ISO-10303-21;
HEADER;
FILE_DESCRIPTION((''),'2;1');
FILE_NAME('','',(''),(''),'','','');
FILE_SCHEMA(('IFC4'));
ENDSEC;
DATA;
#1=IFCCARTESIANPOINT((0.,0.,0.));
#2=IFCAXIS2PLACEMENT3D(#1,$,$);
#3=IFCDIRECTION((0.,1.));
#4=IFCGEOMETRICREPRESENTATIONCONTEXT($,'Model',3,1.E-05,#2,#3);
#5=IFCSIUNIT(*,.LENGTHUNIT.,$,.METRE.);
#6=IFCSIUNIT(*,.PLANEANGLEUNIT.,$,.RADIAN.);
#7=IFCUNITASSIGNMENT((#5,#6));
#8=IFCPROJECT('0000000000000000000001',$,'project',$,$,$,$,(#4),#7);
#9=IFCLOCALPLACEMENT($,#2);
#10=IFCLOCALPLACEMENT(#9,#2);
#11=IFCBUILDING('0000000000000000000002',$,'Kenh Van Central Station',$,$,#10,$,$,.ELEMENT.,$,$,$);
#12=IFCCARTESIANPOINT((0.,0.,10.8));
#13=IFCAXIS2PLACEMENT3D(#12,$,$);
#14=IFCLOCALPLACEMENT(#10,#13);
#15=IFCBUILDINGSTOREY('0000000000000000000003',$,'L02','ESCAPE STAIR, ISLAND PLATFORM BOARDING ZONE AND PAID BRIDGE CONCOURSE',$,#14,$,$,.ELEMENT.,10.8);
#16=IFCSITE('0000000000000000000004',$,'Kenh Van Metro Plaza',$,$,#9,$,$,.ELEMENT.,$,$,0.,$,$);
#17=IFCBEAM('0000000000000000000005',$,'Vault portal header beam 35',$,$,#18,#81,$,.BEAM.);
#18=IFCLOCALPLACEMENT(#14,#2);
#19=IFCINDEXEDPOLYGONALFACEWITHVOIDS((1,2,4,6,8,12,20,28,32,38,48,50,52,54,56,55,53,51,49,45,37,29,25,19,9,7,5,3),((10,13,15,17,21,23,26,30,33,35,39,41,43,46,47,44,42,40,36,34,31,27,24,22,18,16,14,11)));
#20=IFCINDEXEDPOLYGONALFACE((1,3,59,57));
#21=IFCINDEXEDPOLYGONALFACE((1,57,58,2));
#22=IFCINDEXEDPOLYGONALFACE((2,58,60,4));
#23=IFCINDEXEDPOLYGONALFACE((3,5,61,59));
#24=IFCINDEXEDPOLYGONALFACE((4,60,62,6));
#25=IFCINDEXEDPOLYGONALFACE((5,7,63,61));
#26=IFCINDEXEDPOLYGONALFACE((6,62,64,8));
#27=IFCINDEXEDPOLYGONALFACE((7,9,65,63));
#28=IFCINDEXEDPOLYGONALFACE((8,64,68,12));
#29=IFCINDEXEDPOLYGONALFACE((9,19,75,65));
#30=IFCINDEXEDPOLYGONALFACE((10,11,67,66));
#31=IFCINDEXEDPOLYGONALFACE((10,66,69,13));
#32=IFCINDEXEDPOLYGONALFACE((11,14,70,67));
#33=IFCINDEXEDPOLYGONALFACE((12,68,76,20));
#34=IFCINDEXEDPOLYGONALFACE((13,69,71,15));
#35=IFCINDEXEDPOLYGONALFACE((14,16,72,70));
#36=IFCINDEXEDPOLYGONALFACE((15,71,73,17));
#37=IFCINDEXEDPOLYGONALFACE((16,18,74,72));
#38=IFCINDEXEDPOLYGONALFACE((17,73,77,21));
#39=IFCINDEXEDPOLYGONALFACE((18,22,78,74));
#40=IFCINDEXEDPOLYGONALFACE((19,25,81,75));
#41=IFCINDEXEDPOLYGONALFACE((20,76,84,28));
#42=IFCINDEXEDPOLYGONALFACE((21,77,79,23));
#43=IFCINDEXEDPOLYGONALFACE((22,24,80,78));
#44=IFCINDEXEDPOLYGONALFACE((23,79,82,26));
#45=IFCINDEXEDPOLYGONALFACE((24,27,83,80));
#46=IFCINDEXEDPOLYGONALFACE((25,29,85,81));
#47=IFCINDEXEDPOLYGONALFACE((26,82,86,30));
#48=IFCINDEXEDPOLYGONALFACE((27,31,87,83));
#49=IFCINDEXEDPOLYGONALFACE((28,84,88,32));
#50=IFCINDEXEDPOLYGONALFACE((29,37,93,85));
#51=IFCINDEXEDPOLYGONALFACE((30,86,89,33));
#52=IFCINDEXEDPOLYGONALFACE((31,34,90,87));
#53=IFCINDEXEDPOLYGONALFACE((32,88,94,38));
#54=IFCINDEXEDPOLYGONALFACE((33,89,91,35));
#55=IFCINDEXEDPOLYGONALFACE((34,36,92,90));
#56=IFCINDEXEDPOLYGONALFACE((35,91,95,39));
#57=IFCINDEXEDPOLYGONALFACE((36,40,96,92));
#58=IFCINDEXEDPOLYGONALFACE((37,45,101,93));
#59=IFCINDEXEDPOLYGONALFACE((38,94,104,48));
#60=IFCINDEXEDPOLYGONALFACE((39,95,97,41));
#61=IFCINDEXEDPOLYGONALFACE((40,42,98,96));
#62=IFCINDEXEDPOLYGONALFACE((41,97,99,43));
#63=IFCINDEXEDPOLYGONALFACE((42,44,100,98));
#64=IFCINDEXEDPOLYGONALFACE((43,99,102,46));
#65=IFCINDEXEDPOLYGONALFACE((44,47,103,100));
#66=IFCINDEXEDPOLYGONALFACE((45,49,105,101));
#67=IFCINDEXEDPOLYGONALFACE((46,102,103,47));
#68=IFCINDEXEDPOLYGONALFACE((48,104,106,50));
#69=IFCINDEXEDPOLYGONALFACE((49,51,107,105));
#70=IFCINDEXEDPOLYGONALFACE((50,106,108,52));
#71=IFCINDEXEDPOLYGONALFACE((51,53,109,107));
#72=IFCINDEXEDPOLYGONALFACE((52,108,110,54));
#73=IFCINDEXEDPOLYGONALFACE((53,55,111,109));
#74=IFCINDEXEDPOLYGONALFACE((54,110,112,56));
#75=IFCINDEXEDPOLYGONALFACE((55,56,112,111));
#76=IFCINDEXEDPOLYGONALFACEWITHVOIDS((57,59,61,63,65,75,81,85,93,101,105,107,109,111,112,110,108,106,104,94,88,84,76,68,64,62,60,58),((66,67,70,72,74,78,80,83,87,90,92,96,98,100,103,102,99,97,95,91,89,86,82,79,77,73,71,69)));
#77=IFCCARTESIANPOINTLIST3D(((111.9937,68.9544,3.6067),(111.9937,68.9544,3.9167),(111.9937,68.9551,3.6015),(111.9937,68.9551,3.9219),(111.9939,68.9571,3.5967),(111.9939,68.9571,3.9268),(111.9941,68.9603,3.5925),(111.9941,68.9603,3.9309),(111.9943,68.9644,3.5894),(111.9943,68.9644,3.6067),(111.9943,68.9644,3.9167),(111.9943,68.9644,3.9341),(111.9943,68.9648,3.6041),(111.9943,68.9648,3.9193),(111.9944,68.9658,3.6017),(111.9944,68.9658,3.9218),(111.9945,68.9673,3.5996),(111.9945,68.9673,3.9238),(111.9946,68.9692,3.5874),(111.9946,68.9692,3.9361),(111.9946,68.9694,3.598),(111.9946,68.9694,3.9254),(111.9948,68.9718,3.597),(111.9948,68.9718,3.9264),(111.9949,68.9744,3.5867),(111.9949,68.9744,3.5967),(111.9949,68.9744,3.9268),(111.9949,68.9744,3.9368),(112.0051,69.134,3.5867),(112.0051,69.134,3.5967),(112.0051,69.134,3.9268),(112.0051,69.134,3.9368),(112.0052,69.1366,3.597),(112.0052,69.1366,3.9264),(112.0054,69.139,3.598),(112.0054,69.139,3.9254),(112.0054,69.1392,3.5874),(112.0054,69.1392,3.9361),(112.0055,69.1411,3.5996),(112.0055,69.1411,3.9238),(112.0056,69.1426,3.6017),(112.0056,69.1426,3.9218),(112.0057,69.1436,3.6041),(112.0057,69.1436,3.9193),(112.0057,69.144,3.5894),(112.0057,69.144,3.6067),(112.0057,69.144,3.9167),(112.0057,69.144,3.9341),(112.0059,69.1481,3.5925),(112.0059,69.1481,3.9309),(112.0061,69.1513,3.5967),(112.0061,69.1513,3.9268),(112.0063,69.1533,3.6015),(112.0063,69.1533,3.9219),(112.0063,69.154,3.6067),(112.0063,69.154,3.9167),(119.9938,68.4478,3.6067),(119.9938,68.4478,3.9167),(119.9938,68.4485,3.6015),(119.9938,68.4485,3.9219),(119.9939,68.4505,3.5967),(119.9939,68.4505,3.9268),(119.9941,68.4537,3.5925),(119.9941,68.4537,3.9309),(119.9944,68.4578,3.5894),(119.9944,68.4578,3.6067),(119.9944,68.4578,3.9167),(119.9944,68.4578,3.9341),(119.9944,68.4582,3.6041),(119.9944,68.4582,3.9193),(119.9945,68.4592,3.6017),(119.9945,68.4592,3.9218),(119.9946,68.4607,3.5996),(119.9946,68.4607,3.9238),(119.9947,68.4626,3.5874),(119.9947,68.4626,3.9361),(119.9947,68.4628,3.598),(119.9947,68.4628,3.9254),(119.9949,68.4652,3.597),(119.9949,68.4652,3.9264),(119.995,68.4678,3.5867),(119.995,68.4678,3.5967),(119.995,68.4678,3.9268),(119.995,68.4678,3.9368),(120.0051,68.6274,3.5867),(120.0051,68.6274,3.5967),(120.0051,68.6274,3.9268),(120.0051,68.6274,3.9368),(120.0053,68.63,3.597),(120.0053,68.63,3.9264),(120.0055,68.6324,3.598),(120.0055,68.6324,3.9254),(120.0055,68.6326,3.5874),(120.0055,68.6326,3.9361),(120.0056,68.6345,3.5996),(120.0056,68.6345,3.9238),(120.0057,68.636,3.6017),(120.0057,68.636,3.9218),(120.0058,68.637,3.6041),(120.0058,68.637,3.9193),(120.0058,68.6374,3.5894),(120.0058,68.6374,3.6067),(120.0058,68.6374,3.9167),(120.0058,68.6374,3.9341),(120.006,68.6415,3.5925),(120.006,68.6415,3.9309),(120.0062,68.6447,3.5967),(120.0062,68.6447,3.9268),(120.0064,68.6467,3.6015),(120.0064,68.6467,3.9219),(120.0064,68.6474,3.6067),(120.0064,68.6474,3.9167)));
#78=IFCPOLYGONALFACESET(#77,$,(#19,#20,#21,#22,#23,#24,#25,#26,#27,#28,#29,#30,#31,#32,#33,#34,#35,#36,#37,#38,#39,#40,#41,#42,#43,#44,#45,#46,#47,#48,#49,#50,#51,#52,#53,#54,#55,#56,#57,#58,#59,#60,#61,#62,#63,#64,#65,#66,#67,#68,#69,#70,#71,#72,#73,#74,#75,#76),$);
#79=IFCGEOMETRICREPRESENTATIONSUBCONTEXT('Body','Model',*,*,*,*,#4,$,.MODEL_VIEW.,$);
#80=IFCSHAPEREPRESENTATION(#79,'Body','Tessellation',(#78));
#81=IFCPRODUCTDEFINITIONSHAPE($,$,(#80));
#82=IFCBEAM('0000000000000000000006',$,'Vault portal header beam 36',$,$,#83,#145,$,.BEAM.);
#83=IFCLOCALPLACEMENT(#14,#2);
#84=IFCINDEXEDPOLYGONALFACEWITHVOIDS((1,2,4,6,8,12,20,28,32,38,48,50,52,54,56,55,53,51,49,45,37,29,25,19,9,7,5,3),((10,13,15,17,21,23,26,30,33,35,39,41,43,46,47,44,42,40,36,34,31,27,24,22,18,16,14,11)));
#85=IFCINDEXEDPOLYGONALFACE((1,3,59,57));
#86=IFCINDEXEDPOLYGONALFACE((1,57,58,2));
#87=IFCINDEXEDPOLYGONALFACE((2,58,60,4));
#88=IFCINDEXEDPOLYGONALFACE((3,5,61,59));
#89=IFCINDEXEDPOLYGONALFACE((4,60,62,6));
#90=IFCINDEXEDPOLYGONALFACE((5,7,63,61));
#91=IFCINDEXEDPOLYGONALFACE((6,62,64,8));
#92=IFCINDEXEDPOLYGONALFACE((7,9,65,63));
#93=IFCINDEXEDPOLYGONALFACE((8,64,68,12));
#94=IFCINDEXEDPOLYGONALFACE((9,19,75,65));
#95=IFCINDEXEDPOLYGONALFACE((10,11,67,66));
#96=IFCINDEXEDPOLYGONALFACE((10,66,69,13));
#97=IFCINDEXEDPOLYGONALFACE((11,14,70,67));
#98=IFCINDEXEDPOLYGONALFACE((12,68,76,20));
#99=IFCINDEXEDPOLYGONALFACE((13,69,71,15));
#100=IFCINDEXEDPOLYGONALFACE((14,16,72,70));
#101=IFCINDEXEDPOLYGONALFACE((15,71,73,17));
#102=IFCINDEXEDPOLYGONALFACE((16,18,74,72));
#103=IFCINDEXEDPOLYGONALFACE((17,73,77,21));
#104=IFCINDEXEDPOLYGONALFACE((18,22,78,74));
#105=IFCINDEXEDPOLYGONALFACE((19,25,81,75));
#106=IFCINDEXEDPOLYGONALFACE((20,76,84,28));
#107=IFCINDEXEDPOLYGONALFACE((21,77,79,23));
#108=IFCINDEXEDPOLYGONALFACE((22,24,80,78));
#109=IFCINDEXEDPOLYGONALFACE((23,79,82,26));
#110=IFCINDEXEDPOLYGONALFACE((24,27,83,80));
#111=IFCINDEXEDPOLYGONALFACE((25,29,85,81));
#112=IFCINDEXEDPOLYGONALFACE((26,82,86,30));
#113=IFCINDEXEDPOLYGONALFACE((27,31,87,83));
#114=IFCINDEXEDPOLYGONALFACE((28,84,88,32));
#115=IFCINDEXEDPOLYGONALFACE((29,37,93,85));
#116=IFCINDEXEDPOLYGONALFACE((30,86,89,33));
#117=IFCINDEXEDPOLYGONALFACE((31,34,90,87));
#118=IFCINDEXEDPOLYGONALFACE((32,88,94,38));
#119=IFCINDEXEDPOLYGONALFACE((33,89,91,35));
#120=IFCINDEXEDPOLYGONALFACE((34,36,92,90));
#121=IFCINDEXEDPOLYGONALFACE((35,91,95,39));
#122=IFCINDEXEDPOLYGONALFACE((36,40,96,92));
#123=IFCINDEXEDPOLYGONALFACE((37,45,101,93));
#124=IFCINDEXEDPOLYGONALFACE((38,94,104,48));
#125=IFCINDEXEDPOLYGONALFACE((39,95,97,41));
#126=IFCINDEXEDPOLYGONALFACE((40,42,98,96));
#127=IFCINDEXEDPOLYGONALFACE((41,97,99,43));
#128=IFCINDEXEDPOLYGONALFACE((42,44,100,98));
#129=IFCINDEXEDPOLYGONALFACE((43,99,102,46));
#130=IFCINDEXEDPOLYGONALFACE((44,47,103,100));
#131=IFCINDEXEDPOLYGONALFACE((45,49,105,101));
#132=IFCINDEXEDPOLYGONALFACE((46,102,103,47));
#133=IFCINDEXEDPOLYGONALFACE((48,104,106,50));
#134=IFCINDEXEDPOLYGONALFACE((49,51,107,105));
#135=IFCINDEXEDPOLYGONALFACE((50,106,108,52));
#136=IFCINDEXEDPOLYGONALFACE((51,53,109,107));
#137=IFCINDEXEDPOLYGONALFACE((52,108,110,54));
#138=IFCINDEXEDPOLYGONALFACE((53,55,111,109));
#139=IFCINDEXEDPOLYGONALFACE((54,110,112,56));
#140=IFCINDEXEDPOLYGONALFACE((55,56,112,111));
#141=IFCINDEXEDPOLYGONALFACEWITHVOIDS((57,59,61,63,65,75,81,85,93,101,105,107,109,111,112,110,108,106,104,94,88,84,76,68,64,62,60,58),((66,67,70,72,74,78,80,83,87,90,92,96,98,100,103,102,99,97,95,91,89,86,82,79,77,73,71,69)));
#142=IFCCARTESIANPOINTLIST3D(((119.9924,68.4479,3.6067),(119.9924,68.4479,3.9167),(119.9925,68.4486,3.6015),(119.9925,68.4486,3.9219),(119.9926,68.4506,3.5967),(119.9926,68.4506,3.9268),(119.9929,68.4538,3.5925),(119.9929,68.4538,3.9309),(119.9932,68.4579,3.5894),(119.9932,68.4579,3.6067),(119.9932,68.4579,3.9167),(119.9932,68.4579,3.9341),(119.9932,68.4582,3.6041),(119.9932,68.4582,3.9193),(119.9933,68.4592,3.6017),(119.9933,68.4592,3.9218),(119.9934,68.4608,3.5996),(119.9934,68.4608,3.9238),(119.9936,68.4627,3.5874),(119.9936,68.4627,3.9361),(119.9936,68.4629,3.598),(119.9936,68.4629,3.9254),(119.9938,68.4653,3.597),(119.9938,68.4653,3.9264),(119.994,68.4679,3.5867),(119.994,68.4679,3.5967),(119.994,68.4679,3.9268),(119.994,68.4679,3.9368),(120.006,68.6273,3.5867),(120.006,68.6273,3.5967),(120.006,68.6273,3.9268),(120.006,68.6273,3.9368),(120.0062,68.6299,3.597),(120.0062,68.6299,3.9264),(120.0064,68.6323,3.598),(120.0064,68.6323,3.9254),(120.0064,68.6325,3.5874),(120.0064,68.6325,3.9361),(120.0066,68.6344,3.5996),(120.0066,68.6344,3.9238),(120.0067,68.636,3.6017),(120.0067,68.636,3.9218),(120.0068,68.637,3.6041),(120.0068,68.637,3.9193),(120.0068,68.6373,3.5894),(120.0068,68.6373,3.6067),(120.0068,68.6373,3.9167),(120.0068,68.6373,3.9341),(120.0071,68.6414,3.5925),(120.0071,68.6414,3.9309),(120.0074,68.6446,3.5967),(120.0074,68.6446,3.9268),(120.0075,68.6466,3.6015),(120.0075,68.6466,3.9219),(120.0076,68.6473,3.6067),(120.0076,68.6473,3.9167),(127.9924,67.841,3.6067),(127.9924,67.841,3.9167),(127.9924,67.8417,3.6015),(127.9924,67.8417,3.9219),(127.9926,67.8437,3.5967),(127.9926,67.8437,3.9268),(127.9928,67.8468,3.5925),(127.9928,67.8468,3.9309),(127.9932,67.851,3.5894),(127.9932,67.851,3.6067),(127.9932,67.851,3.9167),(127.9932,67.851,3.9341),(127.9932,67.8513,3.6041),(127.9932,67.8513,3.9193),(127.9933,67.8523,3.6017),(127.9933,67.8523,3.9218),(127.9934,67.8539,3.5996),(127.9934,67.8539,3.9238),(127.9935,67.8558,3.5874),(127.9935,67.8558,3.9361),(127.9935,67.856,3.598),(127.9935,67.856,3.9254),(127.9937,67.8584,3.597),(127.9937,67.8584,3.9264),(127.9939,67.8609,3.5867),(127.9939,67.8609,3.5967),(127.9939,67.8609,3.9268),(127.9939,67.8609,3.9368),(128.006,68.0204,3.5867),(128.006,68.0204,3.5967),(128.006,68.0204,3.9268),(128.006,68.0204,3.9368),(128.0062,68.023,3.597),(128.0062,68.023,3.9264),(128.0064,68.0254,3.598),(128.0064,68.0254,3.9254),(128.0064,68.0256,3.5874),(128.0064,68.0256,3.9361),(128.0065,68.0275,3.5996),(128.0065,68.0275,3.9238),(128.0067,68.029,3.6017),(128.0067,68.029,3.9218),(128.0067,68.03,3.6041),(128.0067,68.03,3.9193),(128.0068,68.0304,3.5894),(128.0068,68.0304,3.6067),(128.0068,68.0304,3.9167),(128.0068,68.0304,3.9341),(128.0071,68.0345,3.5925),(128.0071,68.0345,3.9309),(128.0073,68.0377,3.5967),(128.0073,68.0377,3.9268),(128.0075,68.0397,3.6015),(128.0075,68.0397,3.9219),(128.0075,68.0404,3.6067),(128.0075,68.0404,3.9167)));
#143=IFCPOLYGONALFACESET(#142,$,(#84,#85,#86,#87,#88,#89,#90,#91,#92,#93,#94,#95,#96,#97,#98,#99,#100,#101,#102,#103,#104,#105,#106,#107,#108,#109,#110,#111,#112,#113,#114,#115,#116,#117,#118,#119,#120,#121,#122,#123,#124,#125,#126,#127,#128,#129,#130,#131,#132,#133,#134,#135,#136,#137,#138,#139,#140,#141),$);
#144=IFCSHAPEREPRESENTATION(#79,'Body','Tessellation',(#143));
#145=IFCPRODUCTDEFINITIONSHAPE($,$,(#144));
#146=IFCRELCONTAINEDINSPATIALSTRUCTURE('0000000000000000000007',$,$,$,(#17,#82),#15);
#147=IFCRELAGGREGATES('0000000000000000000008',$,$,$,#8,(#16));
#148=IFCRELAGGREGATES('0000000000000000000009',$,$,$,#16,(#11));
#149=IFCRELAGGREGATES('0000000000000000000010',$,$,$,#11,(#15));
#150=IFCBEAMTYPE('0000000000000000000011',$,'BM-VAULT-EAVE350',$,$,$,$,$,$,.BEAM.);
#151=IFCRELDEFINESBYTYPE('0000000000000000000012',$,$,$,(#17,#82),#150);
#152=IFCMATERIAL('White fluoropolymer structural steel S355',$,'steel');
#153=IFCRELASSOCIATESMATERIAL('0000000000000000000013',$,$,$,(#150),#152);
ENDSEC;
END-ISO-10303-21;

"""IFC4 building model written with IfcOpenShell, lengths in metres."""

from ifc_helpers import new_model, si_unit, direction, frame, origin, origin_2d, place, context, subcontext, project, spatial, hollow_rectangle, extrude, material, material_profile, profile_set, type_object, element, save


model = new_model("IFC4")

# Units and contexts
model_context = context("Model", 3, precision=1e-05, world=origin(), true_north=direction((0.0, 1.0)))
body_context = subcontext(model_context, "Body", "Model", "MODEL_VIEW")
ifc_project = project(units=[si_unit("LENGTHUNIT", "METRE"), si_unit("PLANEANGLEUNIT", "RADIAN")], contexts=[model_context])

# Site, building, storey
site_placement = place(None, origin())
site = spatial("IfcSite", under=ifc_project, at=site_placement, Name="Kenh Van Metro Plaza", CompositionType="ELEMENT", RefElevation=0.0)
building_placement = place(site_placement, origin())
building = spatial("IfcBuilding", under=site, at=building_placement, Name="Kenh Van Central Station", CompositionType="ELEMENT")
storey_placement = place(building_placement, frame((0.0, 0.0, 10.8)))
storey = spatial("IfcBuildingStorey", under=building, at=storey_placement, Name="L02", Description="ESCAPE STAIR, ISLAND PLATFORM BOARDING ZONE AND PAID BRIDGE CONCOURSE", CompositionType="ELEMENT", Elevation=10.8)

# Beams
ifc_material_1 = material(Name="White fluoropolymer structural steel S355", Category="steel")
ifc_material_profile_1 = material_profile(ifc_material_1, hollow_rectangle(XDim=0.2, YDim=0.3501, WallThickness=0.01, InnerFilletRadius=0.01, OuterFilletRadius=0.02, at=origin_2d()), Name="RHS 350x200x10")
ifc_profile_set_1 = profile_set([ifc_material_profile_1], Name="White fluoropolymer structural steel S355")
beam_type_1 = type_object("IfcBeamType", Name="BM-VAULT-EAVE350", PredefinedType="BEAM", material=ifc_profile_set_1)
beam_1_placement = place(storey_placement, frame((112.0, 69.0542, 3.7617), z_axis=(0.998001, -0.063197, 0.0), x_axis=(0.063197, 0.998001, 0.0)))
element("IfcBeam", 1, at=beam_1_placement, inside=storey, type_object=beam_type_1, Name="Vault portal header beam 35", PredefinedType="BEAM", context=body_context, shape_type="SweptSolid", body=[
    extrude(hollow_rectangle(XDim=0.2, YDim=0.3501, WallThickness=0.01, InnerFilletRadius=0.01, OuterFilletRadius=0.02, at=origin_2d()), origin(), (0.0, 0.0, 1.0), 8.0161),
])
beam_2_placement = place(storey_placement, frame((120.0, 68.5476, 3.7617), z_axis=(0.997134, -0.075649, 0.0), x_axis=(0.075649, 0.997134, 0.0)))
element("IfcBeam", 2, at=beam_2_placement, inside=storey, type_object=beam_type_1, Name="Vault portal header beam 36", PredefinedType="BEAM", context=body_context, shape_type="SweptSolid", body=[
    extrude(hollow_rectangle(XDim=0.2, YDim=0.3501, WallThickness=0.01, InnerFilletRadius=0.01, OuterFilletRadius=0.02, at=origin_2d()), origin(), (0.0, 0.0, 1.0), 8.0229),
])

save(model, "model.ifc")
